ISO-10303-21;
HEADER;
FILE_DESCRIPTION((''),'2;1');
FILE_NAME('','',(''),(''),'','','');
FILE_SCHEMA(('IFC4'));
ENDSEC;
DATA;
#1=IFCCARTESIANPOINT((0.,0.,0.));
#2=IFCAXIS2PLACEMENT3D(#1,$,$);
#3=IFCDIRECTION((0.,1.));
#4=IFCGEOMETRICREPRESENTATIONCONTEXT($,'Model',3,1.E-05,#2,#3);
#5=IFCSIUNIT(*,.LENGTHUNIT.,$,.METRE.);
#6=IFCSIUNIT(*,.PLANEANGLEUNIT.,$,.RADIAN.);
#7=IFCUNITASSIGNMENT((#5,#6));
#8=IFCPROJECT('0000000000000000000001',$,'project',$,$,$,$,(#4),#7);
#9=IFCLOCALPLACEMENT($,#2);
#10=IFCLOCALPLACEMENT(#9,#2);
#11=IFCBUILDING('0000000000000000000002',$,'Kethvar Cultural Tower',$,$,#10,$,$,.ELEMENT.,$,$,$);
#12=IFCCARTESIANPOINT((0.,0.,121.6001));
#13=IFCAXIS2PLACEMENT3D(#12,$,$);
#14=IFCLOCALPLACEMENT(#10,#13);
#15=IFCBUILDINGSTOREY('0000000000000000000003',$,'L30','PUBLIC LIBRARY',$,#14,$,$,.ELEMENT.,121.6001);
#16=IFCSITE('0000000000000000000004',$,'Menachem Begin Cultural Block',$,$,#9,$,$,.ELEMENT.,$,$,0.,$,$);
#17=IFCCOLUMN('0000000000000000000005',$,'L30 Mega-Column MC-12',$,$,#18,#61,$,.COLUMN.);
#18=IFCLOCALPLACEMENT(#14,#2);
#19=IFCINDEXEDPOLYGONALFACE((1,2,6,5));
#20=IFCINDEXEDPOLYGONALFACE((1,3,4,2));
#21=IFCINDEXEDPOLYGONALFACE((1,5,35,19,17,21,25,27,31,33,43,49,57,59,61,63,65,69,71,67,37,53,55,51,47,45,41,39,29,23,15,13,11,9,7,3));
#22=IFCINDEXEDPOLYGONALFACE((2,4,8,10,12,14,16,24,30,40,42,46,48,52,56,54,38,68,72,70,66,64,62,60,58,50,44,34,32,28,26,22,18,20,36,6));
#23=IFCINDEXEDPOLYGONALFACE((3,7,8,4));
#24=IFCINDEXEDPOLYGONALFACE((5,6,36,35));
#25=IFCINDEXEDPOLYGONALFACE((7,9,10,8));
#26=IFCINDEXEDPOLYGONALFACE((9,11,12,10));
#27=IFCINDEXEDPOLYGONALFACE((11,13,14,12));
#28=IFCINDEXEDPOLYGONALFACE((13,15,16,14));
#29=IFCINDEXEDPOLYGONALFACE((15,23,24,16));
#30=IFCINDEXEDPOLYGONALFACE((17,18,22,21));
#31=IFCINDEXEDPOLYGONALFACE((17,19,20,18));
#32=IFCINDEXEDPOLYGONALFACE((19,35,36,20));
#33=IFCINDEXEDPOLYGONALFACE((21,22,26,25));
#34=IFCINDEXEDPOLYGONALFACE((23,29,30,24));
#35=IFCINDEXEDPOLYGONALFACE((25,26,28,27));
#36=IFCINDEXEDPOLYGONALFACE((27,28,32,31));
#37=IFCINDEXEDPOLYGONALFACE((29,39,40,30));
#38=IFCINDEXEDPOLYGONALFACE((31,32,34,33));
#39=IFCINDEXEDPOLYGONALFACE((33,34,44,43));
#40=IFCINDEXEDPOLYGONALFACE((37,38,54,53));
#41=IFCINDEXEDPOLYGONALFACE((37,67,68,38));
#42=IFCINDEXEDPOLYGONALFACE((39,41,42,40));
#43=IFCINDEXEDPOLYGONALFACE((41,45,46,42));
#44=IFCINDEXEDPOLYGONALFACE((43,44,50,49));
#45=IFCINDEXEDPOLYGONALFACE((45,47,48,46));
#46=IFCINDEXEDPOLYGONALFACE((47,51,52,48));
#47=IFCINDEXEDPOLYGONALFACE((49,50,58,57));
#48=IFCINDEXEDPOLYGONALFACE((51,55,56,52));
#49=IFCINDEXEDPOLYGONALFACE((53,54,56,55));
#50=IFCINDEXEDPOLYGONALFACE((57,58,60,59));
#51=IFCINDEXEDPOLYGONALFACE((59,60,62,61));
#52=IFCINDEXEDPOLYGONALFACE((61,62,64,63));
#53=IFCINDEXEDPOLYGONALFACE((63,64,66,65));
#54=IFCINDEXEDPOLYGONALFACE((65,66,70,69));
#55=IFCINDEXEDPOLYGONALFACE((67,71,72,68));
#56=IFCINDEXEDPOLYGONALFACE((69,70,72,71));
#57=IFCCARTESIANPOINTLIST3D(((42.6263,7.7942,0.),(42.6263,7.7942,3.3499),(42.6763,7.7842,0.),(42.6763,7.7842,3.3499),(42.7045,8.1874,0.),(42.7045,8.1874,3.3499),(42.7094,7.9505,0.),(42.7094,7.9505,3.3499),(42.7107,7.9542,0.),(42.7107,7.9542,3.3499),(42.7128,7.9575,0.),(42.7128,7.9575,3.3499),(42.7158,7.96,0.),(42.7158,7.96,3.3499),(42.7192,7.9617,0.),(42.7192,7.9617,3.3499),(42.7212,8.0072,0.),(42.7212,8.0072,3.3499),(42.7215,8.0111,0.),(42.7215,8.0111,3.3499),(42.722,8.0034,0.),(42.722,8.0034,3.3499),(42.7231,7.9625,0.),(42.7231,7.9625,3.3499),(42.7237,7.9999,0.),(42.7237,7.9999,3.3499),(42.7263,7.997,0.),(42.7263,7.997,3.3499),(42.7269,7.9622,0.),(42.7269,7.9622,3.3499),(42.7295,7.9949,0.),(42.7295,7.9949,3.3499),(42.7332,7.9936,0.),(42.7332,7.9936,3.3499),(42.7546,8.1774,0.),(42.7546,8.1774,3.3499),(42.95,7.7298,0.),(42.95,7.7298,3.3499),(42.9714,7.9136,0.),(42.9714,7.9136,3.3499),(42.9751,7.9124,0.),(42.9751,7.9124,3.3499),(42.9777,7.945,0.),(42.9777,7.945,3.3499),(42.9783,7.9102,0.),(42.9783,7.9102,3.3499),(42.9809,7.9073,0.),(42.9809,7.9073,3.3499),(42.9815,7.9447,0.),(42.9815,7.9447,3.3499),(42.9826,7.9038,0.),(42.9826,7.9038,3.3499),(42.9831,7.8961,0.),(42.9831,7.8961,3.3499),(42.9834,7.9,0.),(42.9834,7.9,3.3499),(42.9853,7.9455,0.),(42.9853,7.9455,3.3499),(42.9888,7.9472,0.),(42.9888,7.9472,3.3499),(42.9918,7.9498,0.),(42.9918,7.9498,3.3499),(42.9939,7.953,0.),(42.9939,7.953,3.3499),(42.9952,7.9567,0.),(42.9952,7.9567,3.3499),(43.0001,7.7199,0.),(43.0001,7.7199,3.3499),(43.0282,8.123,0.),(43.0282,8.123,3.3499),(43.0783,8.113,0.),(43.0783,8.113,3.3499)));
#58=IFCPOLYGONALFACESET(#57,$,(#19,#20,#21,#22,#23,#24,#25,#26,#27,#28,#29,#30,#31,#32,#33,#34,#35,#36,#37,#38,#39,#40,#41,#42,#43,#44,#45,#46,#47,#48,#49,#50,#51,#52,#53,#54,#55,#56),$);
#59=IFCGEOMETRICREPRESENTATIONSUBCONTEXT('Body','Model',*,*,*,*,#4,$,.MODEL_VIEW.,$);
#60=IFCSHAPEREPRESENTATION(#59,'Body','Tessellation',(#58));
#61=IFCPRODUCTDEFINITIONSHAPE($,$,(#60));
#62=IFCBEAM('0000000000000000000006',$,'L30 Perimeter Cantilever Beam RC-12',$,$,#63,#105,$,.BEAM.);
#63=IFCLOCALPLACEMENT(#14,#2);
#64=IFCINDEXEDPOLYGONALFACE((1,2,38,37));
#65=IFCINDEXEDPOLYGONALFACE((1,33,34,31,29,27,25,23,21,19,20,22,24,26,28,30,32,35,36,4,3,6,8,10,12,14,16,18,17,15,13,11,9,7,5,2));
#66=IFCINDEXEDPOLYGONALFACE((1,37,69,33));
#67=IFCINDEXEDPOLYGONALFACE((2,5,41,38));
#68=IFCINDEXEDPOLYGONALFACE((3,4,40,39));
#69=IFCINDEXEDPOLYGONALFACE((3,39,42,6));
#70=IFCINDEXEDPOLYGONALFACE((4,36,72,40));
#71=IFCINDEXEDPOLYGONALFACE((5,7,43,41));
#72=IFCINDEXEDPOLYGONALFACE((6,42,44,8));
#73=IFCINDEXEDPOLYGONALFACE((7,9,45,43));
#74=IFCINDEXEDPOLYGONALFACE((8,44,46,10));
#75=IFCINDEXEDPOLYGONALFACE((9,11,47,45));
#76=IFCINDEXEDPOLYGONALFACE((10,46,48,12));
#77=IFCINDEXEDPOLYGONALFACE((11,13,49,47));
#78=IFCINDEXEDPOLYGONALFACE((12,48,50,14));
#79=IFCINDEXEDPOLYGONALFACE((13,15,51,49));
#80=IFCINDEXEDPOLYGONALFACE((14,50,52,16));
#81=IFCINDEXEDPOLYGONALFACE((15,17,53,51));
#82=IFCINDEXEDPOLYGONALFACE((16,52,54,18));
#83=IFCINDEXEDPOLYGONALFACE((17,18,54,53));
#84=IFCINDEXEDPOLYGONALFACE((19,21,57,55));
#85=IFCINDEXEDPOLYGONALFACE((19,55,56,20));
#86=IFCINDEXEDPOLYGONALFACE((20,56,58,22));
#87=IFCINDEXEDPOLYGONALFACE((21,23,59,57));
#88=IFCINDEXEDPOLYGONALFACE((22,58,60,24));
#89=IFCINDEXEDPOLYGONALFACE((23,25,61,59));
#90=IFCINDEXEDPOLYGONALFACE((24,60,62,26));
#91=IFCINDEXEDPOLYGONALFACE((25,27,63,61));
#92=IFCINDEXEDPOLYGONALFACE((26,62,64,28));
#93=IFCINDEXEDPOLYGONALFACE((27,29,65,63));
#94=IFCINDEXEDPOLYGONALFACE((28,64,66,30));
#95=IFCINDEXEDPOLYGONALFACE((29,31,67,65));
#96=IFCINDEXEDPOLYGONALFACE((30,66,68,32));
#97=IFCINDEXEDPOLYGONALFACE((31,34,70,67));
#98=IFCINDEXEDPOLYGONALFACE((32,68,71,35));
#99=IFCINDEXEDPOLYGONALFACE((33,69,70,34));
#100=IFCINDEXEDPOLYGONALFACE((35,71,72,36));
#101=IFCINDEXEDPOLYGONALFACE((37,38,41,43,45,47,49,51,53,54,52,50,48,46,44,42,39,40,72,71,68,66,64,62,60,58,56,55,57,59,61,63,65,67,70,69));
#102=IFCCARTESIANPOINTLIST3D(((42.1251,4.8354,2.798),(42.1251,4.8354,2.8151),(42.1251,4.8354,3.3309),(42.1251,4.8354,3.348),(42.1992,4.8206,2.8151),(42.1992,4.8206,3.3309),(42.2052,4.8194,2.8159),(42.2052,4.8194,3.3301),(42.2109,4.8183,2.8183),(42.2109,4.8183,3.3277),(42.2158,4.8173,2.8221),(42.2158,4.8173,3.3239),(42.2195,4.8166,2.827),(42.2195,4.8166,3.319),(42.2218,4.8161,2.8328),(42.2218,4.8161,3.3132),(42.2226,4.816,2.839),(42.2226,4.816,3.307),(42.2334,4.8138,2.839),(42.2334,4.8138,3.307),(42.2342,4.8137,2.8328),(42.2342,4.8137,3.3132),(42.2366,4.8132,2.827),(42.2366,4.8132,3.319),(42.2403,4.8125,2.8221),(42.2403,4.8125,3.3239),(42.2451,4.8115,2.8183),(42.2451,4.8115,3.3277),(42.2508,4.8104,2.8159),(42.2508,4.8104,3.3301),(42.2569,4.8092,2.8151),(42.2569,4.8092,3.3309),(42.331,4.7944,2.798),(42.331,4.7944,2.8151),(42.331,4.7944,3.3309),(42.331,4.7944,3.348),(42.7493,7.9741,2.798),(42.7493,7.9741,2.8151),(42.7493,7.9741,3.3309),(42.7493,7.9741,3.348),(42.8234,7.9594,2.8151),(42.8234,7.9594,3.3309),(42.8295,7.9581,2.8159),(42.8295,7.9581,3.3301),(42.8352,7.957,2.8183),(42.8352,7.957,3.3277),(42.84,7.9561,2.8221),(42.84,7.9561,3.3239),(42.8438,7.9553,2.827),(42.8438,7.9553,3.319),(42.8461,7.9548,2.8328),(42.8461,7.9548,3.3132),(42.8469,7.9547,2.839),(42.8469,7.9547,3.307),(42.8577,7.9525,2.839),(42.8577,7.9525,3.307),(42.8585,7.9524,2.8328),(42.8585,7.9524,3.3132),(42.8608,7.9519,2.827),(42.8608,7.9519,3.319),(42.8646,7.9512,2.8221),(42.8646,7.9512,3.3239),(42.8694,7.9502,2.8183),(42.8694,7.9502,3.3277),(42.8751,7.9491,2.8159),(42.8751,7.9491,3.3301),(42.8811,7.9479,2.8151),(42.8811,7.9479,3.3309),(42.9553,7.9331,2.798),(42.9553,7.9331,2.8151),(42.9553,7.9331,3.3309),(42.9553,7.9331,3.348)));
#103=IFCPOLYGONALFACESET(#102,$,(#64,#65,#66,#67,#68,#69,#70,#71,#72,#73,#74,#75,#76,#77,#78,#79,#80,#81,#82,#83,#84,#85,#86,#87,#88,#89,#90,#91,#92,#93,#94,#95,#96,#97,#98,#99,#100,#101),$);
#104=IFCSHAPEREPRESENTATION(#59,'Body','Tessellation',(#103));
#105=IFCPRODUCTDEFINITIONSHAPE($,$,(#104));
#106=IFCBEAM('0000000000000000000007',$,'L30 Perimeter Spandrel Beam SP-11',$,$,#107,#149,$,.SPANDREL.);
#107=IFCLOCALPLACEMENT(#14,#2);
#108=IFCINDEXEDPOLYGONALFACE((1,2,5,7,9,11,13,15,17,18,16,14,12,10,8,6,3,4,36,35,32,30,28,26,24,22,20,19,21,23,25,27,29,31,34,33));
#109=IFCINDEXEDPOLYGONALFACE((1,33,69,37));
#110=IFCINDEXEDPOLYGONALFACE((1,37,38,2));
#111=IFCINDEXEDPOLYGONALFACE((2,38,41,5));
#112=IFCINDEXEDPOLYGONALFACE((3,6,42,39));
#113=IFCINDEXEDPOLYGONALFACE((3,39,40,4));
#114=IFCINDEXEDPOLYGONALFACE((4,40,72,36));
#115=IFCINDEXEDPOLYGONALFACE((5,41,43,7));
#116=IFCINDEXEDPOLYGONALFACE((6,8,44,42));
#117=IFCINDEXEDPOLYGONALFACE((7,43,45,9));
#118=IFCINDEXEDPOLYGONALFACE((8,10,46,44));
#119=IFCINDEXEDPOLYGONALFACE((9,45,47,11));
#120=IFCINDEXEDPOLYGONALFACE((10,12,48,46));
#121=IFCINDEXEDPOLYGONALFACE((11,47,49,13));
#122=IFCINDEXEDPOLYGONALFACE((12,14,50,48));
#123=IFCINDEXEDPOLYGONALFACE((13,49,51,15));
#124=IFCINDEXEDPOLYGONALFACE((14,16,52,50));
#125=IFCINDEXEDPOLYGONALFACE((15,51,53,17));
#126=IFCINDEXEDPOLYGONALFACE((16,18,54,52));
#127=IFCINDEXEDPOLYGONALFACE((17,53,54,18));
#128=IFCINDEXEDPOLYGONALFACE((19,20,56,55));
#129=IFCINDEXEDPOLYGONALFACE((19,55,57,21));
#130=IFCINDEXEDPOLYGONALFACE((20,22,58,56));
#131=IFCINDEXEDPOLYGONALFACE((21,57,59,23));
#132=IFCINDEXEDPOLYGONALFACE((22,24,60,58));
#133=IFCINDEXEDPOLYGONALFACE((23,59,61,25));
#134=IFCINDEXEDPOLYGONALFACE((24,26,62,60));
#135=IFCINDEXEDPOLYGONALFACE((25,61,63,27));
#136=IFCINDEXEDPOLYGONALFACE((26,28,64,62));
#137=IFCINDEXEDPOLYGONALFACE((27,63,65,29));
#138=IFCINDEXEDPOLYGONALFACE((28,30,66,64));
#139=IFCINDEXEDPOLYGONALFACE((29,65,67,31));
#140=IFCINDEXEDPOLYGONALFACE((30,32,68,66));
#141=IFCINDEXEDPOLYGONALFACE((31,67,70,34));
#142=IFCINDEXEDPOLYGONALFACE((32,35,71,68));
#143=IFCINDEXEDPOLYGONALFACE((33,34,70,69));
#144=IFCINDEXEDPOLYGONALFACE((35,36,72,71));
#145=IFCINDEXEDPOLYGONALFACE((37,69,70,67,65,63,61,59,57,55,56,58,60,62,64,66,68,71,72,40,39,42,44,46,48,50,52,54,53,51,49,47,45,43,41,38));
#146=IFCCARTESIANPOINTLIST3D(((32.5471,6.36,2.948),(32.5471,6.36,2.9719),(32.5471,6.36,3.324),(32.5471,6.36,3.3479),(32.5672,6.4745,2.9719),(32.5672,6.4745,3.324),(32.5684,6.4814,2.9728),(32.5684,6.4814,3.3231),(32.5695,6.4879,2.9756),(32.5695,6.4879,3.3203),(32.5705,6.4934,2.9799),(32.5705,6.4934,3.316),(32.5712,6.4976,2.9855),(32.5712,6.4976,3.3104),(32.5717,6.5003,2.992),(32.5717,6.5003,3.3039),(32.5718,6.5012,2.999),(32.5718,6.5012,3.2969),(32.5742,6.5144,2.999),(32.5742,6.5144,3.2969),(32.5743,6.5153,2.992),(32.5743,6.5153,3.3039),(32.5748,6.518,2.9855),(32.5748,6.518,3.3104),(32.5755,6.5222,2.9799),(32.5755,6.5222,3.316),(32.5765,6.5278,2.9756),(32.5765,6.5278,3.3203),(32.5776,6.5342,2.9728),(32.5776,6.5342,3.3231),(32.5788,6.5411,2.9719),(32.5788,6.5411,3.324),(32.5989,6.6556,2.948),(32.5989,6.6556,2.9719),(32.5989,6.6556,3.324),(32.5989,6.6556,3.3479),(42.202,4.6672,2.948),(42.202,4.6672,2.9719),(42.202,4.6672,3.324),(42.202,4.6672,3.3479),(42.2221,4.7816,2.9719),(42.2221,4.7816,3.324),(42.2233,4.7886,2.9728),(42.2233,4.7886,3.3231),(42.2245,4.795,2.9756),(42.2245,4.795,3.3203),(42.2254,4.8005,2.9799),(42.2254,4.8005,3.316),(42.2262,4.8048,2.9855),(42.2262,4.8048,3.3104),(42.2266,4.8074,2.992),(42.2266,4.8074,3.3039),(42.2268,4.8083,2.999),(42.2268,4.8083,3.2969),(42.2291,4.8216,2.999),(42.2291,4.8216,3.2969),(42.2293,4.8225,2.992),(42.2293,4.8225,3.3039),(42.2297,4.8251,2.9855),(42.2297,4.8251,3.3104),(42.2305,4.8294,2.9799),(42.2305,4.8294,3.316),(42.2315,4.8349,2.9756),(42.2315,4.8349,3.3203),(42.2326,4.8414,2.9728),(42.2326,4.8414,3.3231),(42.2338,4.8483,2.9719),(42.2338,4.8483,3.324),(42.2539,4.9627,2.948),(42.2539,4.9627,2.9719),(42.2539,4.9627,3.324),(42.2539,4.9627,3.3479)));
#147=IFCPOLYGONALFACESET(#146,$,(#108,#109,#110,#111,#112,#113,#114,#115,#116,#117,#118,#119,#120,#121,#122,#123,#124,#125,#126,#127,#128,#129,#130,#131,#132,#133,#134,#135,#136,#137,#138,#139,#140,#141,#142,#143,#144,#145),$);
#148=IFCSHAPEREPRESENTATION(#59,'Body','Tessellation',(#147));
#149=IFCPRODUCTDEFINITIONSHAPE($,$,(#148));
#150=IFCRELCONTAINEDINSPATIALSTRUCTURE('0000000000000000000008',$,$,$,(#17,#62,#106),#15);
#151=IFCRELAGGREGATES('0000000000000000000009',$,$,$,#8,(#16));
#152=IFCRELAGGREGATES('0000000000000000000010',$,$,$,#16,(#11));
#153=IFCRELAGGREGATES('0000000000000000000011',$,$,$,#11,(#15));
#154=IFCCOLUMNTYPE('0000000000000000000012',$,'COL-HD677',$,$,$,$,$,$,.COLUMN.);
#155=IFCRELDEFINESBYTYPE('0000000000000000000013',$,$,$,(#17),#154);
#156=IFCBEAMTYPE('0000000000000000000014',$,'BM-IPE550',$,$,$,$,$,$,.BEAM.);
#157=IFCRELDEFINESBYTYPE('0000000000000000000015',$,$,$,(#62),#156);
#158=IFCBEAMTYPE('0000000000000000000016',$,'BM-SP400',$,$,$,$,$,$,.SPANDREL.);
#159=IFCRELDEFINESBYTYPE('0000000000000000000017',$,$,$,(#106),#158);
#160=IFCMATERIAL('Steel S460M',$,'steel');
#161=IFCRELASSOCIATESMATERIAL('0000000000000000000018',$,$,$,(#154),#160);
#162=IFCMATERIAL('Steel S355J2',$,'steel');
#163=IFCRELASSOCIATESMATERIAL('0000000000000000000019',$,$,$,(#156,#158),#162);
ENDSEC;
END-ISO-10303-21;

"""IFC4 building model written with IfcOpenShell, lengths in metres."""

from ifc_helpers import new_model, si_unit, direction, frame, origin, origin_2d, place, context, subcontext, project, spatial, i_section, extrude, source, transform, mapped, material, material_profile, profile_set, type_object, element, save


model = new_model("IFC4")

# Units and contexts
model_context = context("Model", 3, precision=1e-05, world=origin(), true_north=direction((0.0, 1.0)))
body_context = subcontext(model_context, "Body", "Model", "MODEL_VIEW")
ifc_project = project(units=[si_unit("LENGTHUNIT", "METRE"), si_unit("PLANEANGLEUNIT", "RADIAN")], contexts=[model_context])

# Site, building, storey
site_placement = place(None, origin())
site = spatial("IfcSite", under=ifc_project, at=site_placement, Name="Menachem Begin Cultural Block", CompositionType="ELEMENT", RefElevation=0.0)
building_placement = place(site_placement, origin())
building = spatial("IfcBuilding", under=site, at=building_placement, Name="Kethvar Cultural Tower", CompositionType="ELEMENT")
storey_placement = place(building_placement, frame((0.0, 0.0, 121.6001)))
storey = spatial("IfcBuildingStorey", under=building, at=storey_placement, Name="L30", Description="PUBLIC LIBRARY", CompositionType="ELEMENT", Elevation=121.6001)

# Column
ifc_material_1 = material(Name="Steel S460M", Category="steel")
ifc_material_profile_1 = material_profile(ifc_material_1, i_section(OverallWidth=0.4009, OverallDepth=0.3811, WebThickness=0.032, FlangeThickness=0.051, FilletRadius=0.0149, at=origin_2d()), Name="Steel S460M — HD400x677")
ifc_profile_set_1 = profile_set([ifc_material_profile_1], Name="Steel S460M — HD400x677")
column_type = type_object("IfcColumnType", Name="COL-HD677", PredefinedType="COLUMN", material=ifc_profile_set_1)
shared_shape_1 = source(origin(), body_context, "Body", "SweptSolid", [
    extrude(i_section(OverallWidth=0.4009, OverallDepth=0.3811, WebThickness=0.032, FlangeThickness=0.051, FilletRadius=0.0149, at=origin_2d()), origin(), (0.0, 0.0, 1.0), 3.3499),
])
column_placement = place(storey_placement, frame((42.8523, 7.9536, 0.0), z_axis=(0.0, 0.0, 1.0), x_axis=(-0.19509, -0.980785, 0.0)))
element("IfcColumn", 1, at=column_placement, inside=storey, type_object=column_type, Name="L30 Mega-Column MC-12", PredefinedType="COLUMN", context=body_context, shape_type="MappedRepresentation", body=[
    mapped(shared_shape_1, transform((0.0, 0.0, 0.0), scale=1.0)),
])

# Beams
ifc_material_2 = material(Name="Steel S355J2", Category="steel")
ifc_material_profile_2 = material_profile(ifc_material_2, i_section(OverallWidth=0.21, OverallDepth=0.55, WebThickness=0.011, FlangeThickness=0.0171, FilletRadius=0.0239, at=origin_2d()), Name="Steel S355J2 — IPE550")
ifc_profile_set_2 = profile_set([ifc_material_profile_2], Name="Steel S355J2 — IPE550")
beam_type_1 = type_object("IfcBeamType", Name="BM-IPE550", PredefinedType="BEAM", material=ifc_profile_set_2)
shared_shape_2 = source(origin(), body_context, "Body", "SweptSolid", [
    extrude(i_section(OverallWidth=0.21, OverallDepth=0.55, WebThickness=0.011, FlangeThickness=0.0171, FilletRadius=0.0239, at=origin_2d()), origin(), (0.0, 0.0, 1.0), 3.2002),
])
beam_1_placement = place(storey_placement, frame((42.8523, 7.9536, 3.073), z_axis=(-0.195074, -0.980788, 0.0), x_axis=(0.980788, -0.195074, 0.0)))
element("IfcBeam", 2, at=beam_1_placement, inside=storey, type_object=beam_type_1, Name="L30 Perimeter Cantilever Beam RC-12", PredefinedType="BEAM", context=body_context, shape_type="MappedRepresentation", body=[
    mapped(shared_shape_2, transform((0.0, 0.0, 0.0), scale=1.0)),
])
ifc_material_profile_3 = material_profile(ifc_material_2, i_section(OverallWidth=0.3, OverallDepth=0.3999, WebThickness=0.0134, FlangeThickness=0.0239, FilletRadius=0.0271, at=origin_2d()), Name="Steel S355J2 — HEB400")
ifc_profile_set_3 = profile_set([ifc_material_profile_3], Name="Steel S355J2 — HEB400")
beam_type_2 = type_object("IfcBeamType", Name="BM-SP400", PredefinedType="SPANDREL", material=ifc_profile_set_3)
shared_shape_3 = source(origin(), body_context, "Body", "SweptSolid", [
    extrude(i_section(OverallWidth=0.3, OverallDepth=0.3999, WebThickness=0.0134, FlangeThickness=0.0239, FilletRadius=0.0271, at=origin_2d()), origin(), (0.0, 0.0, 1.0), 9.8022),
])
beam_2_placement = place(storey_placement, frame((32.573, 6.5078, 3.1479), z_axis=(0.984974, -0.172701, 0.0), x_axis=(0.172701, 0.984974, 0.0)))
element("IfcBeam", 3, at=beam_2_placement, inside=storey, type_object=beam_type_2, Name="L30 Perimeter Spandrel Beam SP-11", PredefinedType="SPANDREL", context=body_context, shape_type="MappedRepresentation", body=[
    mapped(shared_shape_3, transform((0.0, 0.0, 0.0), scale=1.0)),
])

save(model, "model.ifc")
